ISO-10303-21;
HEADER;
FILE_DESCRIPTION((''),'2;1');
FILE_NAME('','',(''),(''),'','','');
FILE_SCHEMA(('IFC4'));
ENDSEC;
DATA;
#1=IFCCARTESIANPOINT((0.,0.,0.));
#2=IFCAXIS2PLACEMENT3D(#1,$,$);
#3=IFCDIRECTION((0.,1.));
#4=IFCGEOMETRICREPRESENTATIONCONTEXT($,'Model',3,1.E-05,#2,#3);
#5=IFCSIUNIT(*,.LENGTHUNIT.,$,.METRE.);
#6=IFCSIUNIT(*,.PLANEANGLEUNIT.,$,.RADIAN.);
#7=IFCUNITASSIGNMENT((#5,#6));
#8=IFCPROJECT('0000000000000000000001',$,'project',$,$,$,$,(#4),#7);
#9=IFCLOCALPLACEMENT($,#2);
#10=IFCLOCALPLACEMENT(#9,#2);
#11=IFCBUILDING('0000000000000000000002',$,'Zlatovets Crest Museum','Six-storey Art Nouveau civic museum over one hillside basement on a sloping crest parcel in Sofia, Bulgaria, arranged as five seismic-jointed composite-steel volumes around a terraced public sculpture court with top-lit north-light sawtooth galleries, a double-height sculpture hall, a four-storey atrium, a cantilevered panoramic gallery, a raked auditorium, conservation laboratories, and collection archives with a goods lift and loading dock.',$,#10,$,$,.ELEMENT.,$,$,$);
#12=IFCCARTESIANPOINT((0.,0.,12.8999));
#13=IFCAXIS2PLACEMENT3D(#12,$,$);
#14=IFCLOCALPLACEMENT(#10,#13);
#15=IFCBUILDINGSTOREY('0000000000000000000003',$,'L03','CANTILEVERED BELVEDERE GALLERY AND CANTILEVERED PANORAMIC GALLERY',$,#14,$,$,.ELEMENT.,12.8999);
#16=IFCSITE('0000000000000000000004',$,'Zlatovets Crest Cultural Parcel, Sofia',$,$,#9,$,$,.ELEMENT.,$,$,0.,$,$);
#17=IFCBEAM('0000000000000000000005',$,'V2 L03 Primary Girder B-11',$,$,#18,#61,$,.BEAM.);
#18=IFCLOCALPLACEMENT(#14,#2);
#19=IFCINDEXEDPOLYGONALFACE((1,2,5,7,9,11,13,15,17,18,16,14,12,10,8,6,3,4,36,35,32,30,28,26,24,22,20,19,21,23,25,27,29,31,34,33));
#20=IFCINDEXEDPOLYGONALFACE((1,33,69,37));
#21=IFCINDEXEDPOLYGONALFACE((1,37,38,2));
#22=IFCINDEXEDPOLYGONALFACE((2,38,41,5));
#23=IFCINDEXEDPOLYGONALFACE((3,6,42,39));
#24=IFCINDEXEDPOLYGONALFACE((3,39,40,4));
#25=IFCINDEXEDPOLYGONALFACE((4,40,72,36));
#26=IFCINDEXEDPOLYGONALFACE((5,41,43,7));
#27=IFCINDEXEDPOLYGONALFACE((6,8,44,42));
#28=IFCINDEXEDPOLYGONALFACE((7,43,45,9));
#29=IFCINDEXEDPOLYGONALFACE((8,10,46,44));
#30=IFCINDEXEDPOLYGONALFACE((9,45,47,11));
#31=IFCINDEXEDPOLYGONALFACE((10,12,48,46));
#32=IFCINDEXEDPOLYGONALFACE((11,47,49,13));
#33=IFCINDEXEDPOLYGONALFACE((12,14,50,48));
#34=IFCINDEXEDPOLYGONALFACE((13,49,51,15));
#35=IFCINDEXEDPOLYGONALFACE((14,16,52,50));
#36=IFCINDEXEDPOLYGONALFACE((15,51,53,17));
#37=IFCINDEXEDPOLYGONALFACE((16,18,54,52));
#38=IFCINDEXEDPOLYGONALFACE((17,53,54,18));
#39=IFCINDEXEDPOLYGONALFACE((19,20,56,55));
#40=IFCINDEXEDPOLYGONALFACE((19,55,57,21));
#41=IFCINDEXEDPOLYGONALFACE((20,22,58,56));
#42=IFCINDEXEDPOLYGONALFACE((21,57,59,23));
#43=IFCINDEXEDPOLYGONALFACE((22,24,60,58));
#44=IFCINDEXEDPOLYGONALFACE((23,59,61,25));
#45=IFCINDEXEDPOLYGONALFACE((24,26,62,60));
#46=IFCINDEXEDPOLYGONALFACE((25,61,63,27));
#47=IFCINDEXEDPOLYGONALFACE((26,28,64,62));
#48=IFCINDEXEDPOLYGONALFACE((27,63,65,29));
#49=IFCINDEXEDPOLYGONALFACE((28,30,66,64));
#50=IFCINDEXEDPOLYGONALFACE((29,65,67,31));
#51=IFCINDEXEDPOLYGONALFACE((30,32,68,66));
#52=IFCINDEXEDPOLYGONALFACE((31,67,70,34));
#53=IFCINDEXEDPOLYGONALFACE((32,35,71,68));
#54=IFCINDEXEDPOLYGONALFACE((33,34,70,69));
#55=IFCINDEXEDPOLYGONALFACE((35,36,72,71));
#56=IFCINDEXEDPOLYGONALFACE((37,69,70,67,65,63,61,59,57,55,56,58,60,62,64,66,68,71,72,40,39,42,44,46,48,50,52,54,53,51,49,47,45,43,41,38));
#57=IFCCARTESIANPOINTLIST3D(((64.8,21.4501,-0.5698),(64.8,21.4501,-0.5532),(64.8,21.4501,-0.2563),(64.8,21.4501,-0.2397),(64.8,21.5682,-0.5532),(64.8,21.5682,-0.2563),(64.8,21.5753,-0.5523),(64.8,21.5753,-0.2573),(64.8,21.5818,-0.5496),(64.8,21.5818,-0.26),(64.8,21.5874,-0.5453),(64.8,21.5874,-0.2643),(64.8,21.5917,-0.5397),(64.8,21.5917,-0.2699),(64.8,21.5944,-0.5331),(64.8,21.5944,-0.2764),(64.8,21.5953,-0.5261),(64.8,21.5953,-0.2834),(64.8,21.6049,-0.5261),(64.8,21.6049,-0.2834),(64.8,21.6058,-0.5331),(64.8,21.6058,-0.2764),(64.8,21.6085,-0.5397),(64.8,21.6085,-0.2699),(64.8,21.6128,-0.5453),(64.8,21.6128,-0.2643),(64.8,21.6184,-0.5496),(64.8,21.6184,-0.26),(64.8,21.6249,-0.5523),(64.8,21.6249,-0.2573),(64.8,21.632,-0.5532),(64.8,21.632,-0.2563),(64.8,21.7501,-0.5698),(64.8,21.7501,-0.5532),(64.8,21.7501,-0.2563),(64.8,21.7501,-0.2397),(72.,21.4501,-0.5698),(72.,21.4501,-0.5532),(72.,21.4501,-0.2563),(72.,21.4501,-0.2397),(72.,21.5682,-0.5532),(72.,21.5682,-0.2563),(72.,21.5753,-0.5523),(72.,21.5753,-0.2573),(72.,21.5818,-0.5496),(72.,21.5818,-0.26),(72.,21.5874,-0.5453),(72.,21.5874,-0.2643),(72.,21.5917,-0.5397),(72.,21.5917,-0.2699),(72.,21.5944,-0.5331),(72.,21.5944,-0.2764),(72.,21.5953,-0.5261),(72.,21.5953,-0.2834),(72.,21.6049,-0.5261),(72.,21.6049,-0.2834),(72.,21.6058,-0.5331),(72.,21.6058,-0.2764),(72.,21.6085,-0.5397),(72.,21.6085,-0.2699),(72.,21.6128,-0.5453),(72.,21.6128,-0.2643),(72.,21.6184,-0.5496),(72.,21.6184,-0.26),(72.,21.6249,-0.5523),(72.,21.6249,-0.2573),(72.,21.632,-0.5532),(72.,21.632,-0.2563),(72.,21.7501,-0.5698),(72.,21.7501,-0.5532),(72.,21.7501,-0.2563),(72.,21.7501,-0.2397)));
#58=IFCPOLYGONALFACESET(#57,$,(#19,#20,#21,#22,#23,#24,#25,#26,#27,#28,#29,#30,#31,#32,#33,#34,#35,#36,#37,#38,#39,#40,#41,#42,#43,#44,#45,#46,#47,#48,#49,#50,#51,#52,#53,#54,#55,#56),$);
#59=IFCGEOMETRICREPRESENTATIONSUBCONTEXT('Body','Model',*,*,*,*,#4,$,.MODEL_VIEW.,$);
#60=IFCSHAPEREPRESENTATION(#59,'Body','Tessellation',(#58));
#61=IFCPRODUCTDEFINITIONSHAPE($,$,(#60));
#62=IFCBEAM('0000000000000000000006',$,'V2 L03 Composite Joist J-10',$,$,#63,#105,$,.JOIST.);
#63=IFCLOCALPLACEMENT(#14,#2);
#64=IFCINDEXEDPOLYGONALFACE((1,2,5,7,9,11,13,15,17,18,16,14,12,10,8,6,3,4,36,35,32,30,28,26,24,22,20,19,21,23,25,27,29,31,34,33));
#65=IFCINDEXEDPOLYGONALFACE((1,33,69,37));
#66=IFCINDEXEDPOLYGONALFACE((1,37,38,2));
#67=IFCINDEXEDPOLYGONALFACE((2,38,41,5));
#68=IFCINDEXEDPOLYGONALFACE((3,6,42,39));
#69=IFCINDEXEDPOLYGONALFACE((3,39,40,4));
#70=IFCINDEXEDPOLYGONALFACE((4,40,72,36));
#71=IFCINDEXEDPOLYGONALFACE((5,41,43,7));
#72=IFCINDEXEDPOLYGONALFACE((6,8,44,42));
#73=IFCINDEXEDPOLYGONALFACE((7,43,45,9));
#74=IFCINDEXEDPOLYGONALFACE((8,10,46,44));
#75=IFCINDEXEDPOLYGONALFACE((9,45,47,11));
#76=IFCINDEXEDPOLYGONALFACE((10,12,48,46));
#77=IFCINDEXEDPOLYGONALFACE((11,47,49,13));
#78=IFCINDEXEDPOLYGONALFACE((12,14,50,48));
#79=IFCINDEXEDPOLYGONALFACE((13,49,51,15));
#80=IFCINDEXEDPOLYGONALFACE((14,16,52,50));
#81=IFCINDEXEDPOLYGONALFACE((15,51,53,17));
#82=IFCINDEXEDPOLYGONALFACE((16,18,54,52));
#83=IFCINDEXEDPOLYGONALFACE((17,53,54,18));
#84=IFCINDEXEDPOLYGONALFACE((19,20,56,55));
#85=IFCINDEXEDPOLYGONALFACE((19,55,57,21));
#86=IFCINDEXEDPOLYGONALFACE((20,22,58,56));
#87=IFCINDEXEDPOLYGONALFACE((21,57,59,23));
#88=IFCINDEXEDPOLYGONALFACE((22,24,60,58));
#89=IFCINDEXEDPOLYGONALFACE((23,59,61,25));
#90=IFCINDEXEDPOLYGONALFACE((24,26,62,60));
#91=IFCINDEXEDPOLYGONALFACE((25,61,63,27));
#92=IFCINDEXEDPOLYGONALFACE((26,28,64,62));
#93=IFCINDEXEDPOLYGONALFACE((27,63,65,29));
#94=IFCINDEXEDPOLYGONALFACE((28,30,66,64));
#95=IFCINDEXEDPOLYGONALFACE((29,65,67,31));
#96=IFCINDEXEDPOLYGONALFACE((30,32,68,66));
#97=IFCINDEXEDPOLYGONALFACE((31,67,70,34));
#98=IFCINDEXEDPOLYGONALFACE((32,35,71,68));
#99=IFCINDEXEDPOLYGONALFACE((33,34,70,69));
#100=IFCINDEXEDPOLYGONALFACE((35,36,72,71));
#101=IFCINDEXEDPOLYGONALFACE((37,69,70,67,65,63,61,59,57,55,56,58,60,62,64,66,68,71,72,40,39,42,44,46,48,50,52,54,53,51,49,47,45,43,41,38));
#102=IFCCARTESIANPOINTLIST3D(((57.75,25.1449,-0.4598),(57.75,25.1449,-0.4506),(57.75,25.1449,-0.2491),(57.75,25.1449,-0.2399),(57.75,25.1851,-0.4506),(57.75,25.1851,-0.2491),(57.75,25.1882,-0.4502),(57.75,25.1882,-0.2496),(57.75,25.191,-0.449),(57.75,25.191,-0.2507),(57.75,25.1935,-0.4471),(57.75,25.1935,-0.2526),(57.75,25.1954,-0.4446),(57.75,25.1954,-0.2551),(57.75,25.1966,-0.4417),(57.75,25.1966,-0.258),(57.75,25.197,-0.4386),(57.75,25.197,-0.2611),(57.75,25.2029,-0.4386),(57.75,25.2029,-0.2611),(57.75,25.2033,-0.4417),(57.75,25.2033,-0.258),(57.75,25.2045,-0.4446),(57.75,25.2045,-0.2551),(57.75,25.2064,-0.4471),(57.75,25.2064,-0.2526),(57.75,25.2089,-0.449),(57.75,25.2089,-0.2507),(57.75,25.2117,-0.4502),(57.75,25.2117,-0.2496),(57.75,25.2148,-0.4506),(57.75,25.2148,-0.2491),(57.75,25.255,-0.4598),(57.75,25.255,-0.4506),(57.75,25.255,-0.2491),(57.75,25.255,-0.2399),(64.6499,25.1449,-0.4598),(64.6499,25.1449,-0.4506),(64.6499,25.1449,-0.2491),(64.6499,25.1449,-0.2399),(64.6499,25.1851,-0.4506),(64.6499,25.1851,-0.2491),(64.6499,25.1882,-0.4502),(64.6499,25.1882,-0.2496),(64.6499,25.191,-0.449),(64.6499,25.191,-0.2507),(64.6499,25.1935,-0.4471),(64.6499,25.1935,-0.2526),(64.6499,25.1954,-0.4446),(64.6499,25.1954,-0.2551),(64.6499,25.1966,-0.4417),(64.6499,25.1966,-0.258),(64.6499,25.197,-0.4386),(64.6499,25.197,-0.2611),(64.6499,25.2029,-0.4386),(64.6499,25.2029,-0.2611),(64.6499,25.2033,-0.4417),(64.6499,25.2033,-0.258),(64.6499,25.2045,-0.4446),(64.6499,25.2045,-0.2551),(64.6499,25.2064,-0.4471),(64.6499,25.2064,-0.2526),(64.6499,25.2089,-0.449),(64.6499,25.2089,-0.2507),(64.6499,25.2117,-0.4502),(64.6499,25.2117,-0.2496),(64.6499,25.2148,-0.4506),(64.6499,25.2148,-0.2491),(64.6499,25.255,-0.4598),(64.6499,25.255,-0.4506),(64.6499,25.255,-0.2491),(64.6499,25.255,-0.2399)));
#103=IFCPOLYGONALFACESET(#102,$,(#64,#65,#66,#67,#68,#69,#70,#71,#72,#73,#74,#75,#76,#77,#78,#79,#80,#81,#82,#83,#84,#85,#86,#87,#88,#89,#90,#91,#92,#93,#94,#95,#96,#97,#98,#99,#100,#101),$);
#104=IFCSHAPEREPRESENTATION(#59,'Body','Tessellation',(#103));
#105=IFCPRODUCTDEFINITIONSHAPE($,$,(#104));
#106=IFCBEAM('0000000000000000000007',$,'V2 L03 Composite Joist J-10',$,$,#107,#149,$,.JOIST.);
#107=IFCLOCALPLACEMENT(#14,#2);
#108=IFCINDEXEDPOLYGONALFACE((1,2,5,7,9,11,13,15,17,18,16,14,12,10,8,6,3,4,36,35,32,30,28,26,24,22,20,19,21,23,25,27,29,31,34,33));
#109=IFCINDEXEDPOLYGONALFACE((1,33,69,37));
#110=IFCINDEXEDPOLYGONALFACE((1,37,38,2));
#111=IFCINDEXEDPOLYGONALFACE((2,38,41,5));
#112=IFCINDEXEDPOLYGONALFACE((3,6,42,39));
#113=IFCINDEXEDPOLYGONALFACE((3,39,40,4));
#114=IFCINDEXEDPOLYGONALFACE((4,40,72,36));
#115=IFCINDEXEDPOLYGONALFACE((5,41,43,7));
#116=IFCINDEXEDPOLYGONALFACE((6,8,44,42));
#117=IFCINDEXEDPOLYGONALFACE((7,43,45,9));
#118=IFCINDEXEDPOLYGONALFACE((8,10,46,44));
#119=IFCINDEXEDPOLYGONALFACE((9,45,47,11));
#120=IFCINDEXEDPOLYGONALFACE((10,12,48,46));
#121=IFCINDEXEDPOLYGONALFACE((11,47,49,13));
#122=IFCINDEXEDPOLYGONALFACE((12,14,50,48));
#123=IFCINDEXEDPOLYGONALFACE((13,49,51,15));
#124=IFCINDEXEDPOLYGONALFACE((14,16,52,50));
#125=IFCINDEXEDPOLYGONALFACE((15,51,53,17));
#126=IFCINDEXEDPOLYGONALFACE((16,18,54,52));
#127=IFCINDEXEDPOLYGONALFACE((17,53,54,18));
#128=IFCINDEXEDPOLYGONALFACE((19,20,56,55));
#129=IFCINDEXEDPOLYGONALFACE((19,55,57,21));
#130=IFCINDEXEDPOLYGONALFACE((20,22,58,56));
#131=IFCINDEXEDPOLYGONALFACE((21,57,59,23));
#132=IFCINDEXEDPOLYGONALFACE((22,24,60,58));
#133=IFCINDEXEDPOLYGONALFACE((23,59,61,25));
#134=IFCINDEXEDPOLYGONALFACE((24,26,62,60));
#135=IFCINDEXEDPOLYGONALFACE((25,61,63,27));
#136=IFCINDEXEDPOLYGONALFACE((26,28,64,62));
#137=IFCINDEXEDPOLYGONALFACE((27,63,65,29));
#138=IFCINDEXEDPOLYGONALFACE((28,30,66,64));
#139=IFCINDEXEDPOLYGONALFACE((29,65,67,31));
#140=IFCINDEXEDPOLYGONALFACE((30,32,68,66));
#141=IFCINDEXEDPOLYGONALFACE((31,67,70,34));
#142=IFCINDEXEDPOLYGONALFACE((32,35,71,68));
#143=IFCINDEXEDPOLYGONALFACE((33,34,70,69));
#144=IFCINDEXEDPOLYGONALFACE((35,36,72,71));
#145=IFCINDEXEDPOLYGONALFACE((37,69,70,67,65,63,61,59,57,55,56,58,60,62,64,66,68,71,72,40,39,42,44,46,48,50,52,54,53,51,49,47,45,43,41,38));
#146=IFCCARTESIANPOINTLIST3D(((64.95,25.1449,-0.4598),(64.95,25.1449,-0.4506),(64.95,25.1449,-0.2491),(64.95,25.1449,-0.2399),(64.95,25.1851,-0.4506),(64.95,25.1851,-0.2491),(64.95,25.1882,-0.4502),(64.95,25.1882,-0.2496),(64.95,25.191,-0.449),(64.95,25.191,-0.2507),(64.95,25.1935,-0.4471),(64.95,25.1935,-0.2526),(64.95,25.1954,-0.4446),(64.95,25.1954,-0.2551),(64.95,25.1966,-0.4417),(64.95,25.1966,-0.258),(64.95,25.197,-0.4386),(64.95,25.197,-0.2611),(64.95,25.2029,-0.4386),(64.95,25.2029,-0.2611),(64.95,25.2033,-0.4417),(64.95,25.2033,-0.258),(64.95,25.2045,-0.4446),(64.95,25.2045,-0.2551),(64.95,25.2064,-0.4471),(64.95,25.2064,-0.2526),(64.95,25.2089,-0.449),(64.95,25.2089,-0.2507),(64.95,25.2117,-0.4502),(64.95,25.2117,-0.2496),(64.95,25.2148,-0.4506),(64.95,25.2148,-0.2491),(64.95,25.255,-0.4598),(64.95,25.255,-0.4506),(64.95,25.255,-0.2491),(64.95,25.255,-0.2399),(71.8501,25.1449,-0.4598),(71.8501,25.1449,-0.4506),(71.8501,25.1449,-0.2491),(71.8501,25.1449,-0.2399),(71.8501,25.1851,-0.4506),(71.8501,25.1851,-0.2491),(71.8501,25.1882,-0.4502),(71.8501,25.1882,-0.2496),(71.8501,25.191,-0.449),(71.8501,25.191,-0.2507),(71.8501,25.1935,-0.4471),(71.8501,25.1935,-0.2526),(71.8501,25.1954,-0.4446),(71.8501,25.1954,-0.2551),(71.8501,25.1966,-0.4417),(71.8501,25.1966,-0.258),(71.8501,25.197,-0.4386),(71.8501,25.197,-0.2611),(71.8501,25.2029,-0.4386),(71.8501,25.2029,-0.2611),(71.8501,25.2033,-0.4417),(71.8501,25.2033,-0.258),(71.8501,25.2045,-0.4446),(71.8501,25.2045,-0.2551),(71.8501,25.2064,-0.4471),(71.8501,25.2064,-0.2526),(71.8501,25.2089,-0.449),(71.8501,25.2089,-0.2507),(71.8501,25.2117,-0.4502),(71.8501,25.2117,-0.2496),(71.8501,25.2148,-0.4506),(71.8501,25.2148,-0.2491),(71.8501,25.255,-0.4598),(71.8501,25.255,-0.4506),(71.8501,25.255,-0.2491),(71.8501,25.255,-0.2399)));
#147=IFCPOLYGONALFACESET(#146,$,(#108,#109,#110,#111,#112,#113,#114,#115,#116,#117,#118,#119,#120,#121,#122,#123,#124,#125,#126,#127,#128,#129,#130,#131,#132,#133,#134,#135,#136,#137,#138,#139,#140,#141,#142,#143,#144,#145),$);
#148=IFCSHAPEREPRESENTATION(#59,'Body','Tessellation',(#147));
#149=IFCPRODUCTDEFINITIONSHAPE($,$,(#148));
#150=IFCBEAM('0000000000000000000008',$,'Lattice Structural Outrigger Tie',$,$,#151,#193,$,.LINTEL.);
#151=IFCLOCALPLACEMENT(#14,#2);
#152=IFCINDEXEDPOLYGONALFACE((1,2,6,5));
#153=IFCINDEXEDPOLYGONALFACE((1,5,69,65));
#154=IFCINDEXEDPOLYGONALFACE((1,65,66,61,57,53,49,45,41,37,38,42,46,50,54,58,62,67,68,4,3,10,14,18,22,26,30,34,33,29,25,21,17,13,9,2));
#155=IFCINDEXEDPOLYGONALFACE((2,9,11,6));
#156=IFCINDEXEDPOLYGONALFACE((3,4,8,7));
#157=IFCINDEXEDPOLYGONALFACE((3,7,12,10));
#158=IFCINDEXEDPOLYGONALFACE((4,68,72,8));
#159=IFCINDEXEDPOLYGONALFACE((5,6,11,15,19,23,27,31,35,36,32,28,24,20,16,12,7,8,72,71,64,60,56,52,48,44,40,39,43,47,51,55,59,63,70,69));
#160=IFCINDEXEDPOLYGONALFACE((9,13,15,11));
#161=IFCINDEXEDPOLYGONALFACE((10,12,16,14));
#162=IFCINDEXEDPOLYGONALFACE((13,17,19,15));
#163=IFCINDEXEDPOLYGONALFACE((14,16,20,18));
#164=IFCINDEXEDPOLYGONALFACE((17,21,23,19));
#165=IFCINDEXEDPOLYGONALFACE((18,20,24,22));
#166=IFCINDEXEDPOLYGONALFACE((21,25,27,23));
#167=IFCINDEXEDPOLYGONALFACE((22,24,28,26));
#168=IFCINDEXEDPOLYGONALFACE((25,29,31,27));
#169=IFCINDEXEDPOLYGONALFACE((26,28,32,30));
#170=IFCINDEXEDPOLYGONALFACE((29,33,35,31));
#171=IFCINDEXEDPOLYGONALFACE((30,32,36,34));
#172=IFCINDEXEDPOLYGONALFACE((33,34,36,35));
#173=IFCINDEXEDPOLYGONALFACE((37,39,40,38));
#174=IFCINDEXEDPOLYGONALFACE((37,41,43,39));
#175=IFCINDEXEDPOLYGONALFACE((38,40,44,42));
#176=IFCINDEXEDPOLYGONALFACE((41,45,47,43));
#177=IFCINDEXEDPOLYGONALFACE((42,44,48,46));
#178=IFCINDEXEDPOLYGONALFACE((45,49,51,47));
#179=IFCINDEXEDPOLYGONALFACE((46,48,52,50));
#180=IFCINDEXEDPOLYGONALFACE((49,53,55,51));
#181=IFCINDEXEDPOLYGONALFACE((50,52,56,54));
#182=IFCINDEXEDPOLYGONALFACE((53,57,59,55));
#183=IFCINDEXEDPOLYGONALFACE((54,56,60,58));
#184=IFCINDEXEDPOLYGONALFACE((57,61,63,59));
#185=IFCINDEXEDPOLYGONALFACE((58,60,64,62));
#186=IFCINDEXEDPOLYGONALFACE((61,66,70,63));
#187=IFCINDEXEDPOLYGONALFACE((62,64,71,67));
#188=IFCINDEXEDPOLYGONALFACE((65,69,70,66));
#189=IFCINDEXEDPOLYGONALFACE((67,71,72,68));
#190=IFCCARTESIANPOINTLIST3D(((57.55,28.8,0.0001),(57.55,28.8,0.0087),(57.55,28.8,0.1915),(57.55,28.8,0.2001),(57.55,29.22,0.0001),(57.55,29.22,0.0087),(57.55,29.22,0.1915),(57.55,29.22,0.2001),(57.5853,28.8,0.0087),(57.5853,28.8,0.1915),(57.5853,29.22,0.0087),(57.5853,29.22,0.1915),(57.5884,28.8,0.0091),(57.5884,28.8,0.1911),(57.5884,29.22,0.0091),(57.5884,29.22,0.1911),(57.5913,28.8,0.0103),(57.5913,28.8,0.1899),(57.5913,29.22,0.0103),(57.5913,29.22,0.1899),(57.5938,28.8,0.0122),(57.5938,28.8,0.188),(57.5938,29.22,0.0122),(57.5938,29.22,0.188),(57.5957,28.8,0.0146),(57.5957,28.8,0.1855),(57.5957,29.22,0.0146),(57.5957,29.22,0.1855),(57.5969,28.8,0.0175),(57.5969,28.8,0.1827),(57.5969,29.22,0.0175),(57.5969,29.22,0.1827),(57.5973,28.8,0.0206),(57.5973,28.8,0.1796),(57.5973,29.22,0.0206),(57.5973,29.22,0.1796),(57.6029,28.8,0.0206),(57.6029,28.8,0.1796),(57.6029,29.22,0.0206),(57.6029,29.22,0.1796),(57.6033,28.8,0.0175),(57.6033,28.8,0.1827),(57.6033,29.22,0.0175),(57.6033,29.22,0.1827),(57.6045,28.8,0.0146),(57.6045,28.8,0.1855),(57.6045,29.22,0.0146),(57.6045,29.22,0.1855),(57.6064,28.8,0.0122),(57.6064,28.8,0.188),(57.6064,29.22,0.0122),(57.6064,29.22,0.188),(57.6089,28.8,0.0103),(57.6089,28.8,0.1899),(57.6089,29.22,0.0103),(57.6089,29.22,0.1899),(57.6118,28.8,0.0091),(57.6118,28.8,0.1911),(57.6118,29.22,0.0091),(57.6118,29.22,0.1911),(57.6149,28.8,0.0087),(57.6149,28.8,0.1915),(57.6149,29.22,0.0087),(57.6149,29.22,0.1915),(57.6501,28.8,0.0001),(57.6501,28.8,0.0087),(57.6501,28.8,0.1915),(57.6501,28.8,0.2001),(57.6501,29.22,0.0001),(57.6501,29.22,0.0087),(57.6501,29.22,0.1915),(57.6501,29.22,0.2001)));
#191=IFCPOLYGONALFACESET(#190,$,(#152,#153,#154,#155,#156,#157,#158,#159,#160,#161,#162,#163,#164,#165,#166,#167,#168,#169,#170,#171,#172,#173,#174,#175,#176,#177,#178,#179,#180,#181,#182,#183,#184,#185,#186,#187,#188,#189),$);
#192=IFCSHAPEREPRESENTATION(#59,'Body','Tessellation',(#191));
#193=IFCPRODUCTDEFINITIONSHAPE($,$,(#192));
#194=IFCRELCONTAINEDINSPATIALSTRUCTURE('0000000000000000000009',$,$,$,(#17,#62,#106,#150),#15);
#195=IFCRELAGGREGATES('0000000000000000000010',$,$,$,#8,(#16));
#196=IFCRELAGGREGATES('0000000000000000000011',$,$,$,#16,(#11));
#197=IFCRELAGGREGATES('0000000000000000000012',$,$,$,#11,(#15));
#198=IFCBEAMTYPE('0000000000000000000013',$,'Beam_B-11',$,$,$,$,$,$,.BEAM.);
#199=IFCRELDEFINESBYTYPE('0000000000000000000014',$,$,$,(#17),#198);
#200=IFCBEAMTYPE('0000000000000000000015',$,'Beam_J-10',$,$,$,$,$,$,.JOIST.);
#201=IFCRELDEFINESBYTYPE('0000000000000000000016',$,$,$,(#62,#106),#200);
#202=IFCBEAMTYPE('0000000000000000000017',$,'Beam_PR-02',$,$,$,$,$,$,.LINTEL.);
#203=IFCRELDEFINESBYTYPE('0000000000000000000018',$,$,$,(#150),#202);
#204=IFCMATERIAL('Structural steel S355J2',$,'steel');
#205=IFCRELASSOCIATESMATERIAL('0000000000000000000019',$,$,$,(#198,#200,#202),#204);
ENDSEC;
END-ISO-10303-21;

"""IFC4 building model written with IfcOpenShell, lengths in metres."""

from ifc_helpers import new_model, si_unit, direction, frame, origin, origin_2d, place, context, subcontext, project, spatial, i_section, extrude, material, material_profile, profile_set, type_object, element, save


model = new_model("IFC4")

# Units and contexts
model_context = context("Model", 3, precision=1e-05, world=origin(), true_north=direction((0.0, 1.0)))
body_context = subcontext(model_context, "Body", "Model", "MODEL_VIEW")
ifc_project = project(units=[si_unit("LENGTHUNIT", "METRE"), si_unit("PLANEANGLEUNIT", "RADIAN")], contexts=[model_context])

# Site, building, storey
site_placement = place(None, origin())
site = spatial("IfcSite", under=ifc_project, at=site_placement, Name="Zlatovets Crest Cultural Parcel, Sofia", CompositionType="ELEMENT", RefElevation=0.0)
building_placement = place(site_placement, origin())
building = spatial("IfcBuilding", under=site, at=building_placement, Name="Zlatovets Crest Museum", Description="Six-storey Art Nouveau civic museum over one hillside basement on a sloping crest parcel in Sofia, Bulgaria, arranged as five seismic-jointed composite-steel volumes around a terraced public sculpture court with top-lit north-light sawtooth galleries, a double-height sculpture hall, a four-storey atrium, a cantilevered panoramic gallery, a raked auditorium, conservation laboratories, and collection archives with a goods lift and loading dock.", CompositionType="ELEMENT")
storey_placement = place(building_placement, frame((0.0, 0.0, 12.8999)))
storey = spatial("IfcBuildingStorey", under=building, at=storey_placement, Name="L03", Description="CANTILEVERED BELVEDERE GALLERY AND CANTILEVERED PANORAMIC GALLERY", CompositionType="ELEMENT", Elevation=12.8999)

# Shared definitions
ifc_material_1 = material(Name="Structural steel S355J2", Category="steel")

# Beams
ifc_material_profile_1 = material_profile(ifc_material_1, i_section(OverallWidth=0.3, OverallDepth=0.3301, WebThickness=0.0095, FlangeThickness=0.0166, FilletRadius=0.0271, at=origin_2d()), Name="HEA 340")
ifc_profile_set_1 = profile_set([ifc_material_profile_1], Name="Structural steel S355J2")
beam_type_1 = type_object("IfcBeamType", Name="Beam_B-11", PredefinedType="BEAM", material=ifc_profile_set_1)
beam_1_placement = place(storey_placement, frame((64.8, 21.6001, -0.4048), z_axis=(1.0, 0.0, 0.0), x_axis=(0.0, 1.0, 0.0)))
element("IfcBeam", 1, at=beam_1_placement, inside=storey, type_object=beam_type_1, Name="V2 L03 Primary Girder B-11", PredefinedType="BEAM", context=body_context, shape_type="SweptSolid", body=[
    extrude(i_section(OverallWidth=0.3, OverallDepth=0.3301, WebThickness=0.0095, FlangeThickness=0.0166, FilletRadius=0.0271, at=origin_2d()), origin(), (0.0, 0.0, 1.0), 7.2),
])
ifc_material_profile_2 = material_profile(ifc_material_1, i_section(OverallWidth=0.1101, OverallDepth=0.22, WebThickness=0.0059, FlangeThickness=0.0093, FilletRadius=0.012, at=origin_2d()), Name="IPE 220")
ifc_profile_set_2 = profile_set([ifc_material_profile_2], Name="Structural steel S355J2")
beam_type_2 = type_object("IfcBeamType", Name="Beam_J-10", PredefinedType="JOIST", material=ifc_profile_set_2)
beam_2_placement = place(storey_placement, frame((57.75, 25.2, -0.3499), z_axis=(1.0, 0.0, 0.0), x_axis=(0.0, 1.0, 0.0)))
element("IfcBeam", 2, at=beam_2_placement, inside=storey, type_object=beam_type_2, Name="V2 L03 Composite Joist J-10", PredefinedType="JOIST", context=body_context, shape_type="SweptSolid", body=[
    extrude(i_section(OverallWidth=0.1101, OverallDepth=0.22, WebThickness=0.0059, FlangeThickness=0.0093, FilletRadius=0.012, at=origin_2d()), origin(), (0.0, 0.0, 1.0), 6.8999),
])
beam_3_placement = place(storey_placement, frame((64.95, 25.2, -0.3499), z_axis=(1.0, 0.0, 0.0), x_axis=(0.0, 1.0, 0.0)))
element("IfcBeam", 3, at=beam_3_placement, inside=storey, type_object=beam_type_2, Name="V2 L03 Composite Joist J-10", PredefinedType="JOIST", context=body_context, shape_type="SweptSolid", body=[
    extrude(i_section(OverallWidth=0.1101, OverallDepth=0.22, WebThickness=0.0059, FlangeThickness=0.0093, FilletRadius=0.012, at=origin_2d()), origin(), (0.0, 0.0, 1.0), 6.9001),
])
ifc_material_profile_3 = material_profile(ifc_material_1, i_section(OverallWidth=0.1001, OverallDepth=0.2, WebThickness=0.0056, FlangeThickness=0.0085, FilletRadius=0.012, at=origin_2d()), Name="IPE 200")
ifc_profile_set_3 = profile_set([ifc_material_profile_3], Name="Structural steel S355J2")
beam_type_3 = type_object("IfcBeamType", Name="Beam_PR-02", PredefinedType="LINTEL", material=ifc_profile_set_3)
for number, where, z_axis, x_axis, name in (
    (4, (57.6001, 28.8, 0.1001), (0.0, 1.0, 0.0), (-1.0, 0.0, 0.0), "Lattice Structural Outrigger Tie"),
):
    element("IfcBeam", number, at=place(storey_placement, frame(where, z_axis=z_axis, x_axis=x_axis)), inside=storey, type_object=beam_type_3, Name=name, PredefinedType="LINTEL", context=body_context, shape_type="SweptSolid", body=[
        extrude(i_section(OverallWidth=0.1001, OverallDepth=0.2, WebThickness=0.0056, FlangeThickness=0.0085, FilletRadius=0.012, at=origin_2d()), origin(), (0.0, 0.0, 1.0), 0.4199),
    ])

save(model, "model.ifc")
